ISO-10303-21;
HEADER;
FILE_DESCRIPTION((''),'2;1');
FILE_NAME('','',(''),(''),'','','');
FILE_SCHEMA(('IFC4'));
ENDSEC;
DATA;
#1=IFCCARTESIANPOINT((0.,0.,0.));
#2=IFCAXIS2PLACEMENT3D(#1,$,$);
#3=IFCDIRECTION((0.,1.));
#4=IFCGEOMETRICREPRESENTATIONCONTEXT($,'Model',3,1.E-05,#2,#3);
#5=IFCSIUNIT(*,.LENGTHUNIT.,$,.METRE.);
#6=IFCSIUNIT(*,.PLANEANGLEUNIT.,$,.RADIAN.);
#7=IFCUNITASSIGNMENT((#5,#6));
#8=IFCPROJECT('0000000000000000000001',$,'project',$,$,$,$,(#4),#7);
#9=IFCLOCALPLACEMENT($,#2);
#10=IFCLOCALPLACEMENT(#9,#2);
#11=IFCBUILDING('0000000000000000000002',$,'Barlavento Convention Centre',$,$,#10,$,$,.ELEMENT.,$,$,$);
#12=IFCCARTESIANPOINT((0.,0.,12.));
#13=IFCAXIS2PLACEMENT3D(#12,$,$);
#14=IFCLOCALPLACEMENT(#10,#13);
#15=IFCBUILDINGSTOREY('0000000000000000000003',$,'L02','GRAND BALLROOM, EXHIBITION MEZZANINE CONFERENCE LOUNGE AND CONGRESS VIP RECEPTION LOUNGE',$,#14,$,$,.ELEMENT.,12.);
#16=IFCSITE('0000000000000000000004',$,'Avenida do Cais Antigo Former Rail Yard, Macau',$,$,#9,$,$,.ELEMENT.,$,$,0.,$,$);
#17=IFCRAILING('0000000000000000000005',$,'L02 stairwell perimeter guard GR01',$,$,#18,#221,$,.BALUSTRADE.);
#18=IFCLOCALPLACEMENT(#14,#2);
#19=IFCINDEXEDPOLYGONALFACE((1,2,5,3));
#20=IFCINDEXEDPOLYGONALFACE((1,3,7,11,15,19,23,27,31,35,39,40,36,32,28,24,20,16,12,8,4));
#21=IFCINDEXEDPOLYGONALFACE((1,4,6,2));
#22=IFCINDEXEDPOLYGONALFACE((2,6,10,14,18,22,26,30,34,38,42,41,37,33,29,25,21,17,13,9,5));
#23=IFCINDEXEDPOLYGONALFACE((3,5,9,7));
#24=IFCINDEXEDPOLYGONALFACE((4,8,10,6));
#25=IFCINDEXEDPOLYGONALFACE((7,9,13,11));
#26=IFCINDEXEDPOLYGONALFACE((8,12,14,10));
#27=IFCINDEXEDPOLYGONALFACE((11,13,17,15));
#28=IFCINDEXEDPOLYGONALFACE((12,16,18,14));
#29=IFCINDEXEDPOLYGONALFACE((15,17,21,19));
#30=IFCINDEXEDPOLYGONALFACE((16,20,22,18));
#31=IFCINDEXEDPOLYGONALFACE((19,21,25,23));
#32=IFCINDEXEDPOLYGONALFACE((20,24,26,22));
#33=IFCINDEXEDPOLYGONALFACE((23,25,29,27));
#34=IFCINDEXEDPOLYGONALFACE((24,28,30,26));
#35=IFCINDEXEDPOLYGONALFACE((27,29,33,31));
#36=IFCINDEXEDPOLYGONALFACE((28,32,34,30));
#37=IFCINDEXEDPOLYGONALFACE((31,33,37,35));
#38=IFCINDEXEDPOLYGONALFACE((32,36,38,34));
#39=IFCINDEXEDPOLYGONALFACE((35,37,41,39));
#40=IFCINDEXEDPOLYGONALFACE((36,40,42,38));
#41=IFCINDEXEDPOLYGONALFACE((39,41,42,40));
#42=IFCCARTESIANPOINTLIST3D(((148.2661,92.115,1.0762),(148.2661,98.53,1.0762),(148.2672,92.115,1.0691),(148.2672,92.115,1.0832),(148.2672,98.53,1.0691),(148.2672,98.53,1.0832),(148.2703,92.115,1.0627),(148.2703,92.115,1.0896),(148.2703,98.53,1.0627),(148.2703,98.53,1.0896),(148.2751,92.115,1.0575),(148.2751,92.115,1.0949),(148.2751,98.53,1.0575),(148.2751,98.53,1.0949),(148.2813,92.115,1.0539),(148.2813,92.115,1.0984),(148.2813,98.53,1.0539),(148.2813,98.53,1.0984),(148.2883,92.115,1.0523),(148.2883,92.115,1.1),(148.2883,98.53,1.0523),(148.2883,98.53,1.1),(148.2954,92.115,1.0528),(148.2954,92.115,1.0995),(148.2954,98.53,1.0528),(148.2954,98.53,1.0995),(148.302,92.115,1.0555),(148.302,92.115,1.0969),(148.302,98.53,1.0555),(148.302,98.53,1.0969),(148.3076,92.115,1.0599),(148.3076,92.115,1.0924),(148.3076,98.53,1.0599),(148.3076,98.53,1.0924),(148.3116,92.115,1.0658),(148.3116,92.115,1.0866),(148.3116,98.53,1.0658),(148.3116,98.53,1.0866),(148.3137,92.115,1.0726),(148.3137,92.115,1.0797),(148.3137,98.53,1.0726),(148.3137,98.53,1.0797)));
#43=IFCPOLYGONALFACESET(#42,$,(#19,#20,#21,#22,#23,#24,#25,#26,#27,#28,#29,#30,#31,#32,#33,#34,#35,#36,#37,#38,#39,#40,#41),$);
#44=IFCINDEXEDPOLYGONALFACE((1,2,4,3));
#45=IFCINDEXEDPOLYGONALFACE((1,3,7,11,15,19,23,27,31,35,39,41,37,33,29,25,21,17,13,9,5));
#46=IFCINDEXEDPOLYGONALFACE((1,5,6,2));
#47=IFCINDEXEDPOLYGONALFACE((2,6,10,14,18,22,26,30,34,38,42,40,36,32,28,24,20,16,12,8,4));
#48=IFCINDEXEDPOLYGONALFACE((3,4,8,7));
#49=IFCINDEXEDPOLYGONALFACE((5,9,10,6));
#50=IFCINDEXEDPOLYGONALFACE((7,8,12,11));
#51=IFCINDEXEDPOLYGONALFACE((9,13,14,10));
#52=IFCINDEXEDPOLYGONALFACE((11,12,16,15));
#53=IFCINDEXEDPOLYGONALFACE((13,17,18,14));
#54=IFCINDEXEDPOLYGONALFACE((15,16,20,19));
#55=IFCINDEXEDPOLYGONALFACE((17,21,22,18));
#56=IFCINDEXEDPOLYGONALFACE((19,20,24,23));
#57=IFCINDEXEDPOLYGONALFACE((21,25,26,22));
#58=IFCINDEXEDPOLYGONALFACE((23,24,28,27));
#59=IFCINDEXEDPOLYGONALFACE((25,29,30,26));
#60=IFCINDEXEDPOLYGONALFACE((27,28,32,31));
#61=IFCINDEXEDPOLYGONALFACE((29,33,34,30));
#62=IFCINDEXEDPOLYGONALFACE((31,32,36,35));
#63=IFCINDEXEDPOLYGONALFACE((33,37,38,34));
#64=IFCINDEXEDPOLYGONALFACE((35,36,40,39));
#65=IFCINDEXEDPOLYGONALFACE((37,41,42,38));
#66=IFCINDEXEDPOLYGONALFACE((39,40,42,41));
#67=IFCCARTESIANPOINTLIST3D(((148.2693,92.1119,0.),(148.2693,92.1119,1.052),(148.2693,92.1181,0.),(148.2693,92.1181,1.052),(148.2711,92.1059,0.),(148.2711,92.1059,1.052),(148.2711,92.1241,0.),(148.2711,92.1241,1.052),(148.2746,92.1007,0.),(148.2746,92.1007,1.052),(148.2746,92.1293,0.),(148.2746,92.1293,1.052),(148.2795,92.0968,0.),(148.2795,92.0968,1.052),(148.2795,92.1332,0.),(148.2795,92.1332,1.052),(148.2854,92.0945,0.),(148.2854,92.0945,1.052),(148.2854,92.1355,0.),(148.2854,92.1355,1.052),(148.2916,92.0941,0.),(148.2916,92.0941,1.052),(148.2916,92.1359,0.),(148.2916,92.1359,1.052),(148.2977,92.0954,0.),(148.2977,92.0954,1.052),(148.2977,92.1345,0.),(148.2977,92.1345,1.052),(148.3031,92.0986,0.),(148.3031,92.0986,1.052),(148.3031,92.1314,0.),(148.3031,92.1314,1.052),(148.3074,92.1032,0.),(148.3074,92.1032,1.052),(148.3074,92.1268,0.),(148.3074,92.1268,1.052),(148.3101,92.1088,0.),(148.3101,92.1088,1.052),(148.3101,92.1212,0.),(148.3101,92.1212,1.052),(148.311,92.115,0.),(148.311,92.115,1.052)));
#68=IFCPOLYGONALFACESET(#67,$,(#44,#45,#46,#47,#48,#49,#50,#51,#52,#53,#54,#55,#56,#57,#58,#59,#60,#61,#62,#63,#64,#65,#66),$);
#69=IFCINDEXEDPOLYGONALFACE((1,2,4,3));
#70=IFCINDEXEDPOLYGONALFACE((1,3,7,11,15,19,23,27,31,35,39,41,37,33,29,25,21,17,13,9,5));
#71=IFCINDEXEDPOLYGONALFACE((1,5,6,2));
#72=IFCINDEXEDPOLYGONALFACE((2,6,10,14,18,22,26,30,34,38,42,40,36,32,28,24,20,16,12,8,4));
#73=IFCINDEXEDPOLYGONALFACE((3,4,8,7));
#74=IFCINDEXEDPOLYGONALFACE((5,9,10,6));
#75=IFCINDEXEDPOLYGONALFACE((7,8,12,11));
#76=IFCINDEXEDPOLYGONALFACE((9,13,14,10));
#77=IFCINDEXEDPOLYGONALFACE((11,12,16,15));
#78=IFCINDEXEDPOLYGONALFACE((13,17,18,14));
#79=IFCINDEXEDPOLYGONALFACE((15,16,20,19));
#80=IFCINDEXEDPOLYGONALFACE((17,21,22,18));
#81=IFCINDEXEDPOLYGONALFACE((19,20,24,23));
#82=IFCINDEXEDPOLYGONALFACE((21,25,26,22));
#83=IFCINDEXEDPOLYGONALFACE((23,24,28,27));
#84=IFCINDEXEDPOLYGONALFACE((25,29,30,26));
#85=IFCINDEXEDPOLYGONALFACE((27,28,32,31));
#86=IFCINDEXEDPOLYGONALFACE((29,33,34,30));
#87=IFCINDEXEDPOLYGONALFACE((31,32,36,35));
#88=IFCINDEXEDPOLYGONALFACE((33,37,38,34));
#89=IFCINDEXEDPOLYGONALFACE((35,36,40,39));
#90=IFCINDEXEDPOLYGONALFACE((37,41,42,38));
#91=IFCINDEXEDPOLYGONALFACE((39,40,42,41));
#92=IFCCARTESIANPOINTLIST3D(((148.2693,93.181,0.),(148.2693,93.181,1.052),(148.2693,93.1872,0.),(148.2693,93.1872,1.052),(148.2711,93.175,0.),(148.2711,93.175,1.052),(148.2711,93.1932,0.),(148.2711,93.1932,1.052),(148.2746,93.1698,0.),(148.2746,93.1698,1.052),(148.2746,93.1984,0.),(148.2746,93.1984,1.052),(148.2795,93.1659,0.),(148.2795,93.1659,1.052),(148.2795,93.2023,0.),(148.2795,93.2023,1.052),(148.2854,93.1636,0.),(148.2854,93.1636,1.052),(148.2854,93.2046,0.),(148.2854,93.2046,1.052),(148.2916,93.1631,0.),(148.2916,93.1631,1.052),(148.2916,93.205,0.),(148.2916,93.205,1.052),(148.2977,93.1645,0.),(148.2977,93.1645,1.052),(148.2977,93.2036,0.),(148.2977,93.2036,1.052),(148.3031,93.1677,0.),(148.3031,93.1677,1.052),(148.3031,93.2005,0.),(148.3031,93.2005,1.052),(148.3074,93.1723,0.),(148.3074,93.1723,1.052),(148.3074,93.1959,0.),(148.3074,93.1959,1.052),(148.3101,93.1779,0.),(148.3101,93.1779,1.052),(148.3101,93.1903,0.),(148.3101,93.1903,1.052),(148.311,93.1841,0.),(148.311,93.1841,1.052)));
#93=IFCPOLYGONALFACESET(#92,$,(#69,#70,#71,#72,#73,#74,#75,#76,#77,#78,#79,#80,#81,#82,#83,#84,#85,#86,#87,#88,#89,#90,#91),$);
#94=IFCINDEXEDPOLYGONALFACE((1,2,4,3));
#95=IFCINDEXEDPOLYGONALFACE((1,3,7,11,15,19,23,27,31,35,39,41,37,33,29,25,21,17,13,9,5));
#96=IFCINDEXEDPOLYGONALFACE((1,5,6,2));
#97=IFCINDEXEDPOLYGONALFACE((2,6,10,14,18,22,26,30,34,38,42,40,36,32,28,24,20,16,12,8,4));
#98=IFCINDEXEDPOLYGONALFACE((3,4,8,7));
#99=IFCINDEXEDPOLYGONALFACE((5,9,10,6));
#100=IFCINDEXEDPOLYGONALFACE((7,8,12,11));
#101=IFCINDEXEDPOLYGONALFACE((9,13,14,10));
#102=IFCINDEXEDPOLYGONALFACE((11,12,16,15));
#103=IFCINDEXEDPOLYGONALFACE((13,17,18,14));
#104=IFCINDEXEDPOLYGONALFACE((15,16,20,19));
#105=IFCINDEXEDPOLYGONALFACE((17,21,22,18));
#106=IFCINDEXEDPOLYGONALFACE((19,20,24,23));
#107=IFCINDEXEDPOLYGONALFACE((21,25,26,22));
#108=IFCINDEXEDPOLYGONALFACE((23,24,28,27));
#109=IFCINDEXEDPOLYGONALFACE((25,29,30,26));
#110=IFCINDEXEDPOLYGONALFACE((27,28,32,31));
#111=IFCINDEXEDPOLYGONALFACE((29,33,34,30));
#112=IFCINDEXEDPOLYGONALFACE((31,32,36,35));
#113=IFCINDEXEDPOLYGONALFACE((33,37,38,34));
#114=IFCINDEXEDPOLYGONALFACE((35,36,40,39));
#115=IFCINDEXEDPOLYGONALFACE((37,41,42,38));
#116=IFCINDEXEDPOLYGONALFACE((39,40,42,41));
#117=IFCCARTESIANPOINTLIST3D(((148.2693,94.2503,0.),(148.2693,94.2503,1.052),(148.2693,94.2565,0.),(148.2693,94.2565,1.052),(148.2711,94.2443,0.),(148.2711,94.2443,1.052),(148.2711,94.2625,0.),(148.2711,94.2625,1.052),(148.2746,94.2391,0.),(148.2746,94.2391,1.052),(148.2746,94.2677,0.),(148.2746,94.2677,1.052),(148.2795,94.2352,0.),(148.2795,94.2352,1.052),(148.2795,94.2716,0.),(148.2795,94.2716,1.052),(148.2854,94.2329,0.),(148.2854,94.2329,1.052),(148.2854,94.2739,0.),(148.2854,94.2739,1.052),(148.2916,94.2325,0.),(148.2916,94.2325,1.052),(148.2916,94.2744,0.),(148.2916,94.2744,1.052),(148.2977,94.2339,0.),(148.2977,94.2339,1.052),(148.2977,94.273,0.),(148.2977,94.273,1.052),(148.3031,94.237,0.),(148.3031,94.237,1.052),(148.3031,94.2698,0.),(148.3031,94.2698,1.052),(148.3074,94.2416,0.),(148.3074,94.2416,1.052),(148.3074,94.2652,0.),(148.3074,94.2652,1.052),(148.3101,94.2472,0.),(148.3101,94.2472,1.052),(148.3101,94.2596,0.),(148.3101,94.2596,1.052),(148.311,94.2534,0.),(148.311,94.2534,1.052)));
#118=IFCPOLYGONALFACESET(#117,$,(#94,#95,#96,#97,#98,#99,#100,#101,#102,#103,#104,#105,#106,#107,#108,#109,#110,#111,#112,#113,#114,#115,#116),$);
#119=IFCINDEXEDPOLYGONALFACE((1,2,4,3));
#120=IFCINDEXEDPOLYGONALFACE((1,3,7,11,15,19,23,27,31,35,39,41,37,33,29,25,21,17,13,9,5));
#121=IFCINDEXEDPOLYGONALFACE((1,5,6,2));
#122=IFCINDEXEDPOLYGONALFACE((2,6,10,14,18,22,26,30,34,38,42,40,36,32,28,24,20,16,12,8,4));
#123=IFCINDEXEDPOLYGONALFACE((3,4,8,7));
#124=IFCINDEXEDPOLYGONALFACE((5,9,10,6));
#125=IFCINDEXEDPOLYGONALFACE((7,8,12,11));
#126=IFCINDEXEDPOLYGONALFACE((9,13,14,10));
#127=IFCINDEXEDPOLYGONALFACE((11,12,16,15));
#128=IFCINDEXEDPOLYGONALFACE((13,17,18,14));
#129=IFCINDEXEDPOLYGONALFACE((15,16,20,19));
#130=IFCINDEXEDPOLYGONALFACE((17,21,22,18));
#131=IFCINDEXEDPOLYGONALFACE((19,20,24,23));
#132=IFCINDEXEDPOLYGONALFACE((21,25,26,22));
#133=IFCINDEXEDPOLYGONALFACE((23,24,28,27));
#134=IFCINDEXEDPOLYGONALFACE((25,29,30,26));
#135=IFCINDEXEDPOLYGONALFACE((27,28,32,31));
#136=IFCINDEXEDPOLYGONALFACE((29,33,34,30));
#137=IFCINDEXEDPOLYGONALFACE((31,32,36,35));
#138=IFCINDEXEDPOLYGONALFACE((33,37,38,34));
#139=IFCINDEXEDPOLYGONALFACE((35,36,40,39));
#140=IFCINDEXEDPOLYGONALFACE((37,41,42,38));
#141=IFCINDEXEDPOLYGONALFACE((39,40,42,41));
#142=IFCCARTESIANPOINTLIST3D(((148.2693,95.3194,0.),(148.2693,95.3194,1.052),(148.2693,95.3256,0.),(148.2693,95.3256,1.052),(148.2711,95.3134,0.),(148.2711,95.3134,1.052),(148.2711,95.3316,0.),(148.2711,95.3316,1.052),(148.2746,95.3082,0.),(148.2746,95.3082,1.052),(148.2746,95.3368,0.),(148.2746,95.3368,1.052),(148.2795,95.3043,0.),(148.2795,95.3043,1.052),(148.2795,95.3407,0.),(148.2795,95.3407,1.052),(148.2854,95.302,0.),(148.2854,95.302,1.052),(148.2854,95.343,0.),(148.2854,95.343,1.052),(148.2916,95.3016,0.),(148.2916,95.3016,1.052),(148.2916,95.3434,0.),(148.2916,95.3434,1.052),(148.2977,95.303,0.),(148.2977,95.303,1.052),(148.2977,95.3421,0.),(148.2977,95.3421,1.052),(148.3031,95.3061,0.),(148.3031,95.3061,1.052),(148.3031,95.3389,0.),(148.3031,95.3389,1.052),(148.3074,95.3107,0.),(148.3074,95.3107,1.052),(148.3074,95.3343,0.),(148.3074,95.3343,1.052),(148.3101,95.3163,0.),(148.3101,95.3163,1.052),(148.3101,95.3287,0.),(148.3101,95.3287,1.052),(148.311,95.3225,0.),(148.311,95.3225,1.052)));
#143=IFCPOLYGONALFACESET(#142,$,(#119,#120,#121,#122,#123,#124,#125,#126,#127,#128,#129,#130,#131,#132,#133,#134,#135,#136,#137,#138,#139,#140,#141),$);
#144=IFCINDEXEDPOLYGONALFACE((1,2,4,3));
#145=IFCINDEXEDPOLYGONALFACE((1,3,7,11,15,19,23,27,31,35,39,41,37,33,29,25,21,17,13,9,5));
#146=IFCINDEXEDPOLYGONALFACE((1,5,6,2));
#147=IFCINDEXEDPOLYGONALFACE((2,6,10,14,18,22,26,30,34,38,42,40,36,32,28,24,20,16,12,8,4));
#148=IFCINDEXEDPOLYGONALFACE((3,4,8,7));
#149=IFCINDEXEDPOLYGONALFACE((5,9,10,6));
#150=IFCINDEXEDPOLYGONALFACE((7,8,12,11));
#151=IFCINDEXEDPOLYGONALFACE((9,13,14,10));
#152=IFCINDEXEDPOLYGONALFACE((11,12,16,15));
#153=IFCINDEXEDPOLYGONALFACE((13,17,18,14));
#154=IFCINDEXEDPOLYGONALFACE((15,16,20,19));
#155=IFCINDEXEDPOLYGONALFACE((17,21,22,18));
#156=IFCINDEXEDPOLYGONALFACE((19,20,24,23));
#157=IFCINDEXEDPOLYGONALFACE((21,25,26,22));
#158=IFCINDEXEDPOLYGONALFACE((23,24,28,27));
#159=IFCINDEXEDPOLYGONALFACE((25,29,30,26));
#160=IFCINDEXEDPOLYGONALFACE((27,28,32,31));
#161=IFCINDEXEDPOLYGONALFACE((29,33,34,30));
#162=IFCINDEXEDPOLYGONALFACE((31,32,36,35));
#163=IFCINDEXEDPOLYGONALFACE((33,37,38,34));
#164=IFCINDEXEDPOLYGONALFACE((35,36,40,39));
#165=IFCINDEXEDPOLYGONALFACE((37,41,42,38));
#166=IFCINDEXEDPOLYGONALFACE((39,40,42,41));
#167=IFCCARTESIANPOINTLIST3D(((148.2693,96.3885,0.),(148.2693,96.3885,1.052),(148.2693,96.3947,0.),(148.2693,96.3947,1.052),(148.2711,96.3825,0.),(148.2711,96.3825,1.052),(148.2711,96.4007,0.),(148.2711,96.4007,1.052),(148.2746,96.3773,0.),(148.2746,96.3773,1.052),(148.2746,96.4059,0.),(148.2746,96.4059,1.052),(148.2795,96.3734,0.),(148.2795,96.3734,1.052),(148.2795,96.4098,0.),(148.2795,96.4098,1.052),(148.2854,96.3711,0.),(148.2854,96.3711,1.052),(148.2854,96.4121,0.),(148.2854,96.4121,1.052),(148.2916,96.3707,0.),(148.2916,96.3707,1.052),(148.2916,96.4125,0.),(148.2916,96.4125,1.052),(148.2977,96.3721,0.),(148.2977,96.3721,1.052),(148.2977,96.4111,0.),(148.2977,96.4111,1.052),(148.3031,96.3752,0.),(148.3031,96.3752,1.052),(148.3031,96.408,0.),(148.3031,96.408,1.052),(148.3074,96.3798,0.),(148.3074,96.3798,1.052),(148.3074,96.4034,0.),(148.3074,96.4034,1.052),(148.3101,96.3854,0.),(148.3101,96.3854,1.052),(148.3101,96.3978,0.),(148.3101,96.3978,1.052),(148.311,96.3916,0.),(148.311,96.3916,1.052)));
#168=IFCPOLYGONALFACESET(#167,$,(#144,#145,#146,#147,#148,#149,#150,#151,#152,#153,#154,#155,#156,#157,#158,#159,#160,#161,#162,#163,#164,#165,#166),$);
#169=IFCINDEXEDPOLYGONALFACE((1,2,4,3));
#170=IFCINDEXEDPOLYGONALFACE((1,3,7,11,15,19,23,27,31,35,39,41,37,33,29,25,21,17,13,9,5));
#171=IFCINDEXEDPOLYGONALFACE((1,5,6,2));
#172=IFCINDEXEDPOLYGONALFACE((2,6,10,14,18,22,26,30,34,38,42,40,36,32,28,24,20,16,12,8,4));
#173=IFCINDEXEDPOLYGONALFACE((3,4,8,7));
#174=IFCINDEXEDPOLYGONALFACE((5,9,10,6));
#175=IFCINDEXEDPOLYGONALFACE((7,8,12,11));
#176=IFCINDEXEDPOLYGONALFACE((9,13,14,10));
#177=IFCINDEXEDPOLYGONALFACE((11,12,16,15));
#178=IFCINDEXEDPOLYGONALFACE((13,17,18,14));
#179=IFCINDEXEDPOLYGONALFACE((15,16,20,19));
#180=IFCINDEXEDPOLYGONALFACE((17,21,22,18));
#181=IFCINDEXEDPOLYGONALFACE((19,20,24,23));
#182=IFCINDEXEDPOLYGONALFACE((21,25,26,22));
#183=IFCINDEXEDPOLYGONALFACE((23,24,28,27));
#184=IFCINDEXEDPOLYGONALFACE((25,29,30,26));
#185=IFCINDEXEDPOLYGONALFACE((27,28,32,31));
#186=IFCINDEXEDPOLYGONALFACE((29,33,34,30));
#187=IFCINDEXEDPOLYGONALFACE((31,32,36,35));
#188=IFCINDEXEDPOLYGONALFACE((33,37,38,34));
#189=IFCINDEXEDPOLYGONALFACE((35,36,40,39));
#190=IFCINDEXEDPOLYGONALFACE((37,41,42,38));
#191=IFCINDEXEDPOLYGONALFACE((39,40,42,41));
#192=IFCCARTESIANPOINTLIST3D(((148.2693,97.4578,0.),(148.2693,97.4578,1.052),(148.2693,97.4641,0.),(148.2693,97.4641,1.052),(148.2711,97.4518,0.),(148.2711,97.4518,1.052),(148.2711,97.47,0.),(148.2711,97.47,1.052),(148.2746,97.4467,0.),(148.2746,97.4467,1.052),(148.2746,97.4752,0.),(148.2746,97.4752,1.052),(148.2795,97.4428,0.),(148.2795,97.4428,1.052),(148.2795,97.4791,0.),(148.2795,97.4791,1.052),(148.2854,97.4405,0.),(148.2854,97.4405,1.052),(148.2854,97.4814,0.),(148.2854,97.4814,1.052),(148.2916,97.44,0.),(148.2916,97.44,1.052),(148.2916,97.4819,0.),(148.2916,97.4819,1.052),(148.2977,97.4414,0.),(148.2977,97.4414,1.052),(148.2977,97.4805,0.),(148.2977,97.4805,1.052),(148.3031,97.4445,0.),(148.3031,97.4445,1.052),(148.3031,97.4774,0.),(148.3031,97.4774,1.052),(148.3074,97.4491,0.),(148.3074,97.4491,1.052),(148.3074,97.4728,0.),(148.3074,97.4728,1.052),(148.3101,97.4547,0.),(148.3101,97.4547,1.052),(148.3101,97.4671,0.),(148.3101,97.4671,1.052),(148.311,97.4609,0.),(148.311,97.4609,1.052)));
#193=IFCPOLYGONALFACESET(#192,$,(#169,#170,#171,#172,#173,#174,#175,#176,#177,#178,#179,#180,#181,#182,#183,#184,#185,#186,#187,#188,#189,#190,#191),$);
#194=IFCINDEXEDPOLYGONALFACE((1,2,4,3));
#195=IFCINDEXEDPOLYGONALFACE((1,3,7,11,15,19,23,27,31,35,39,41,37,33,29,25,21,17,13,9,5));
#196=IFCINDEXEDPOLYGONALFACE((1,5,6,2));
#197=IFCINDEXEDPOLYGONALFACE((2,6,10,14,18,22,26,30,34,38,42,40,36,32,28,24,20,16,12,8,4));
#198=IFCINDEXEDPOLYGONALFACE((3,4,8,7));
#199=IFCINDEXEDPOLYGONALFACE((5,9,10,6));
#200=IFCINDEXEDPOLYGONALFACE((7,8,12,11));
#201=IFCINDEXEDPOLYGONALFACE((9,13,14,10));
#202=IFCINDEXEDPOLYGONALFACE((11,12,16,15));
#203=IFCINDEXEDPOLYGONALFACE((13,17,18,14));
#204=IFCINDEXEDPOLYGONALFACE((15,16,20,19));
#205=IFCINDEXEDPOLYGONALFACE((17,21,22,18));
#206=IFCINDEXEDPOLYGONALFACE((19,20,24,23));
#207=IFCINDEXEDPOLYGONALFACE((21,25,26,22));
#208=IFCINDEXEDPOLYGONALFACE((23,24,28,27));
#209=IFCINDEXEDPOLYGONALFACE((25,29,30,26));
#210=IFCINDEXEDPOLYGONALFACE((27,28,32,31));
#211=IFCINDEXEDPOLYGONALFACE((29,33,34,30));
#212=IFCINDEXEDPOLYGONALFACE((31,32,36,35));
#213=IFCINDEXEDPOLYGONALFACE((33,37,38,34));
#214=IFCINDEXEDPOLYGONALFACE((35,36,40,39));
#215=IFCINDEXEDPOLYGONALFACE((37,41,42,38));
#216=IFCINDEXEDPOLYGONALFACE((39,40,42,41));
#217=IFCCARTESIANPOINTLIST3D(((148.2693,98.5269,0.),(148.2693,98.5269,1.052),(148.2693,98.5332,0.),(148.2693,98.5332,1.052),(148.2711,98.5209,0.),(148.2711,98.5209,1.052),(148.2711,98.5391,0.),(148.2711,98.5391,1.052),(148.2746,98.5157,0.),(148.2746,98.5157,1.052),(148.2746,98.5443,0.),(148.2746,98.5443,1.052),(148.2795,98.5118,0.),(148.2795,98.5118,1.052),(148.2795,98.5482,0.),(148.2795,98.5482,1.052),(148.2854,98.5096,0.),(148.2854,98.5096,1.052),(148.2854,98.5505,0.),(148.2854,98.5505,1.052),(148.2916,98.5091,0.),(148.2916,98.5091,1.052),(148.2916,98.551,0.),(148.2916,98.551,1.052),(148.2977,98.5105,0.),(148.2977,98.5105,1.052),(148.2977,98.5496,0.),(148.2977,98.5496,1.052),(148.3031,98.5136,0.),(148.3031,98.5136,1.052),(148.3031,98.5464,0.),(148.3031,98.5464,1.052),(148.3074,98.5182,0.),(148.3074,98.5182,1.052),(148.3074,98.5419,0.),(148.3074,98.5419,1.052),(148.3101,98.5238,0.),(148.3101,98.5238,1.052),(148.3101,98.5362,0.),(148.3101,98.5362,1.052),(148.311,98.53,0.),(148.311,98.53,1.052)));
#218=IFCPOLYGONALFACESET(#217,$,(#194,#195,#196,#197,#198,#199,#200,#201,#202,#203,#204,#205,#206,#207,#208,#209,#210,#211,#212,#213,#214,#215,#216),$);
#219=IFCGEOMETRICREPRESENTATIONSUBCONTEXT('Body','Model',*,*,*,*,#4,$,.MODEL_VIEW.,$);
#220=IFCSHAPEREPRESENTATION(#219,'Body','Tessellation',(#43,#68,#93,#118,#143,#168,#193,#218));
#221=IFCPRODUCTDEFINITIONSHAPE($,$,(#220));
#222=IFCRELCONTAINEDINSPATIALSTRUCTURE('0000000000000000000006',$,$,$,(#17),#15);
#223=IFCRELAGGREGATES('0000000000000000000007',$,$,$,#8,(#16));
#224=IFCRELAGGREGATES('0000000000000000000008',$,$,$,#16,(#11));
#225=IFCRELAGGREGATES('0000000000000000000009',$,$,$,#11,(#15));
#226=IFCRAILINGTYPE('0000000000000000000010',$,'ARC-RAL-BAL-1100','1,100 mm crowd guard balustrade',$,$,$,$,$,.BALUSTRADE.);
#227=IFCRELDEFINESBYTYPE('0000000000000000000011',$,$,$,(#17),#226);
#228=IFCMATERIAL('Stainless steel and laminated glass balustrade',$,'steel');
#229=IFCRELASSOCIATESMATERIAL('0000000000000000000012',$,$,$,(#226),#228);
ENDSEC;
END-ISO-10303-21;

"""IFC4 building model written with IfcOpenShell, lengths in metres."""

from ifc_helpers import new_model, si_unit, direction, frame, origin, origin_2d, place, context, subcontext, project, spatial, circle, extrude, material, type_object, element, save


model = new_model("IFC4")

# Units and contexts
model_context = context("Model", 3, precision=1e-05, world=origin(), true_north=direction((0.0, 1.0)))
body_context = subcontext(model_context, "Body", "Model", "MODEL_VIEW")
ifc_project = project(units=[si_unit("LENGTHUNIT", "METRE"), si_unit("PLANEANGLEUNIT", "RADIAN")], contexts=[model_context])

# Site, building, storey
site_placement = place(None, origin())
site = spatial("IfcSite", under=ifc_project, at=site_placement, Name="Avenida do Cais Antigo Former Rail Yard, Macau", CompositionType="ELEMENT", RefElevation=0.0)
building_placement = place(site_placement, origin())
building = spatial("IfcBuilding", under=site, at=building_placement, Name="Barlavento Convention Centre", CompositionType="ELEMENT")
storey_placement = place(building_placement, frame((0.0, 0.0, 12.0)))
storey = spatial("IfcBuildingStorey", under=building, at=storey_placement, Name="L02", Description="GRAND BALLROOM, EXHIBITION MEZZANINE CONFERENCE LOUNGE AND CONGRESS VIP RECEPTION LOUNGE", CompositionType="ELEMENT", Elevation=12.0)

# Railing
ifc_material_1 = material(Name="Stainless steel and laminated glass balustrade", Category="steel")
railing_type_1 = type_object("IfcRailingType", Name="ARC-RAL-BAL-1100", Description="1,100 mm crowd guard balustrade", PredefinedType="BALUSTRADE", material=ifc_material_1)
railing_1_placement = place(storey_placement, frame((148.29, 92.115, 0.0)))
element("IfcRailing", 1, at=railing_1_placement, inside=storey, type_object=railing_type_1, Name="L02 stairwell perimeter guard GR01", PredefinedType="BALUSTRADE", context=body_context, shape_type="SweptSolid", body=[
    extrude(circle(Radius=0.0239, at=origin_2d()), frame((0.0, 0.0, 1.0762), z_axis=(0.0, 1.0, 0.0), x_axis=(-1.0, 0.0, 0.0)), (0.0, 0.0, 1.0), 6.415),
    extrude(circle(Radius=0.021, at=origin_2d()), origin(), (0.0, 0.0, 1.0), 1.052),
    extrude(circle(Radius=0.021, at=origin_2d()), frame((0.0, 1.0691, 0.0)), (0.0, 0.0, 1.0), 1.052),
    extrude(circle(Radius=0.021, at=origin_2d()), frame((0.0, 2.1384, 0.0)), (0.0, 0.0, 1.0), 1.052),
    extrude(circle(Radius=0.021, at=origin_2d()), frame((0.0, 3.2075, 0.0)), (0.0, 0.0, 1.0), 1.052),
    extrude(circle(Radius=0.021, at=origin_2d()), frame((0.0, 4.2766, 0.0)), (0.0, 0.0, 1.0), 1.052),
    extrude(circle(Radius=0.021, at=origin_2d()), frame((0.0, 5.3459, 0.0)), (0.0, 0.0, 1.0), 1.052),
    extrude(circle(Radius=0.021, at=origin_2d()), frame((0.0, 6.415, 0.0)), (0.0, 0.0, 1.0), 1.052),
])

save(model, "model.ifc")
